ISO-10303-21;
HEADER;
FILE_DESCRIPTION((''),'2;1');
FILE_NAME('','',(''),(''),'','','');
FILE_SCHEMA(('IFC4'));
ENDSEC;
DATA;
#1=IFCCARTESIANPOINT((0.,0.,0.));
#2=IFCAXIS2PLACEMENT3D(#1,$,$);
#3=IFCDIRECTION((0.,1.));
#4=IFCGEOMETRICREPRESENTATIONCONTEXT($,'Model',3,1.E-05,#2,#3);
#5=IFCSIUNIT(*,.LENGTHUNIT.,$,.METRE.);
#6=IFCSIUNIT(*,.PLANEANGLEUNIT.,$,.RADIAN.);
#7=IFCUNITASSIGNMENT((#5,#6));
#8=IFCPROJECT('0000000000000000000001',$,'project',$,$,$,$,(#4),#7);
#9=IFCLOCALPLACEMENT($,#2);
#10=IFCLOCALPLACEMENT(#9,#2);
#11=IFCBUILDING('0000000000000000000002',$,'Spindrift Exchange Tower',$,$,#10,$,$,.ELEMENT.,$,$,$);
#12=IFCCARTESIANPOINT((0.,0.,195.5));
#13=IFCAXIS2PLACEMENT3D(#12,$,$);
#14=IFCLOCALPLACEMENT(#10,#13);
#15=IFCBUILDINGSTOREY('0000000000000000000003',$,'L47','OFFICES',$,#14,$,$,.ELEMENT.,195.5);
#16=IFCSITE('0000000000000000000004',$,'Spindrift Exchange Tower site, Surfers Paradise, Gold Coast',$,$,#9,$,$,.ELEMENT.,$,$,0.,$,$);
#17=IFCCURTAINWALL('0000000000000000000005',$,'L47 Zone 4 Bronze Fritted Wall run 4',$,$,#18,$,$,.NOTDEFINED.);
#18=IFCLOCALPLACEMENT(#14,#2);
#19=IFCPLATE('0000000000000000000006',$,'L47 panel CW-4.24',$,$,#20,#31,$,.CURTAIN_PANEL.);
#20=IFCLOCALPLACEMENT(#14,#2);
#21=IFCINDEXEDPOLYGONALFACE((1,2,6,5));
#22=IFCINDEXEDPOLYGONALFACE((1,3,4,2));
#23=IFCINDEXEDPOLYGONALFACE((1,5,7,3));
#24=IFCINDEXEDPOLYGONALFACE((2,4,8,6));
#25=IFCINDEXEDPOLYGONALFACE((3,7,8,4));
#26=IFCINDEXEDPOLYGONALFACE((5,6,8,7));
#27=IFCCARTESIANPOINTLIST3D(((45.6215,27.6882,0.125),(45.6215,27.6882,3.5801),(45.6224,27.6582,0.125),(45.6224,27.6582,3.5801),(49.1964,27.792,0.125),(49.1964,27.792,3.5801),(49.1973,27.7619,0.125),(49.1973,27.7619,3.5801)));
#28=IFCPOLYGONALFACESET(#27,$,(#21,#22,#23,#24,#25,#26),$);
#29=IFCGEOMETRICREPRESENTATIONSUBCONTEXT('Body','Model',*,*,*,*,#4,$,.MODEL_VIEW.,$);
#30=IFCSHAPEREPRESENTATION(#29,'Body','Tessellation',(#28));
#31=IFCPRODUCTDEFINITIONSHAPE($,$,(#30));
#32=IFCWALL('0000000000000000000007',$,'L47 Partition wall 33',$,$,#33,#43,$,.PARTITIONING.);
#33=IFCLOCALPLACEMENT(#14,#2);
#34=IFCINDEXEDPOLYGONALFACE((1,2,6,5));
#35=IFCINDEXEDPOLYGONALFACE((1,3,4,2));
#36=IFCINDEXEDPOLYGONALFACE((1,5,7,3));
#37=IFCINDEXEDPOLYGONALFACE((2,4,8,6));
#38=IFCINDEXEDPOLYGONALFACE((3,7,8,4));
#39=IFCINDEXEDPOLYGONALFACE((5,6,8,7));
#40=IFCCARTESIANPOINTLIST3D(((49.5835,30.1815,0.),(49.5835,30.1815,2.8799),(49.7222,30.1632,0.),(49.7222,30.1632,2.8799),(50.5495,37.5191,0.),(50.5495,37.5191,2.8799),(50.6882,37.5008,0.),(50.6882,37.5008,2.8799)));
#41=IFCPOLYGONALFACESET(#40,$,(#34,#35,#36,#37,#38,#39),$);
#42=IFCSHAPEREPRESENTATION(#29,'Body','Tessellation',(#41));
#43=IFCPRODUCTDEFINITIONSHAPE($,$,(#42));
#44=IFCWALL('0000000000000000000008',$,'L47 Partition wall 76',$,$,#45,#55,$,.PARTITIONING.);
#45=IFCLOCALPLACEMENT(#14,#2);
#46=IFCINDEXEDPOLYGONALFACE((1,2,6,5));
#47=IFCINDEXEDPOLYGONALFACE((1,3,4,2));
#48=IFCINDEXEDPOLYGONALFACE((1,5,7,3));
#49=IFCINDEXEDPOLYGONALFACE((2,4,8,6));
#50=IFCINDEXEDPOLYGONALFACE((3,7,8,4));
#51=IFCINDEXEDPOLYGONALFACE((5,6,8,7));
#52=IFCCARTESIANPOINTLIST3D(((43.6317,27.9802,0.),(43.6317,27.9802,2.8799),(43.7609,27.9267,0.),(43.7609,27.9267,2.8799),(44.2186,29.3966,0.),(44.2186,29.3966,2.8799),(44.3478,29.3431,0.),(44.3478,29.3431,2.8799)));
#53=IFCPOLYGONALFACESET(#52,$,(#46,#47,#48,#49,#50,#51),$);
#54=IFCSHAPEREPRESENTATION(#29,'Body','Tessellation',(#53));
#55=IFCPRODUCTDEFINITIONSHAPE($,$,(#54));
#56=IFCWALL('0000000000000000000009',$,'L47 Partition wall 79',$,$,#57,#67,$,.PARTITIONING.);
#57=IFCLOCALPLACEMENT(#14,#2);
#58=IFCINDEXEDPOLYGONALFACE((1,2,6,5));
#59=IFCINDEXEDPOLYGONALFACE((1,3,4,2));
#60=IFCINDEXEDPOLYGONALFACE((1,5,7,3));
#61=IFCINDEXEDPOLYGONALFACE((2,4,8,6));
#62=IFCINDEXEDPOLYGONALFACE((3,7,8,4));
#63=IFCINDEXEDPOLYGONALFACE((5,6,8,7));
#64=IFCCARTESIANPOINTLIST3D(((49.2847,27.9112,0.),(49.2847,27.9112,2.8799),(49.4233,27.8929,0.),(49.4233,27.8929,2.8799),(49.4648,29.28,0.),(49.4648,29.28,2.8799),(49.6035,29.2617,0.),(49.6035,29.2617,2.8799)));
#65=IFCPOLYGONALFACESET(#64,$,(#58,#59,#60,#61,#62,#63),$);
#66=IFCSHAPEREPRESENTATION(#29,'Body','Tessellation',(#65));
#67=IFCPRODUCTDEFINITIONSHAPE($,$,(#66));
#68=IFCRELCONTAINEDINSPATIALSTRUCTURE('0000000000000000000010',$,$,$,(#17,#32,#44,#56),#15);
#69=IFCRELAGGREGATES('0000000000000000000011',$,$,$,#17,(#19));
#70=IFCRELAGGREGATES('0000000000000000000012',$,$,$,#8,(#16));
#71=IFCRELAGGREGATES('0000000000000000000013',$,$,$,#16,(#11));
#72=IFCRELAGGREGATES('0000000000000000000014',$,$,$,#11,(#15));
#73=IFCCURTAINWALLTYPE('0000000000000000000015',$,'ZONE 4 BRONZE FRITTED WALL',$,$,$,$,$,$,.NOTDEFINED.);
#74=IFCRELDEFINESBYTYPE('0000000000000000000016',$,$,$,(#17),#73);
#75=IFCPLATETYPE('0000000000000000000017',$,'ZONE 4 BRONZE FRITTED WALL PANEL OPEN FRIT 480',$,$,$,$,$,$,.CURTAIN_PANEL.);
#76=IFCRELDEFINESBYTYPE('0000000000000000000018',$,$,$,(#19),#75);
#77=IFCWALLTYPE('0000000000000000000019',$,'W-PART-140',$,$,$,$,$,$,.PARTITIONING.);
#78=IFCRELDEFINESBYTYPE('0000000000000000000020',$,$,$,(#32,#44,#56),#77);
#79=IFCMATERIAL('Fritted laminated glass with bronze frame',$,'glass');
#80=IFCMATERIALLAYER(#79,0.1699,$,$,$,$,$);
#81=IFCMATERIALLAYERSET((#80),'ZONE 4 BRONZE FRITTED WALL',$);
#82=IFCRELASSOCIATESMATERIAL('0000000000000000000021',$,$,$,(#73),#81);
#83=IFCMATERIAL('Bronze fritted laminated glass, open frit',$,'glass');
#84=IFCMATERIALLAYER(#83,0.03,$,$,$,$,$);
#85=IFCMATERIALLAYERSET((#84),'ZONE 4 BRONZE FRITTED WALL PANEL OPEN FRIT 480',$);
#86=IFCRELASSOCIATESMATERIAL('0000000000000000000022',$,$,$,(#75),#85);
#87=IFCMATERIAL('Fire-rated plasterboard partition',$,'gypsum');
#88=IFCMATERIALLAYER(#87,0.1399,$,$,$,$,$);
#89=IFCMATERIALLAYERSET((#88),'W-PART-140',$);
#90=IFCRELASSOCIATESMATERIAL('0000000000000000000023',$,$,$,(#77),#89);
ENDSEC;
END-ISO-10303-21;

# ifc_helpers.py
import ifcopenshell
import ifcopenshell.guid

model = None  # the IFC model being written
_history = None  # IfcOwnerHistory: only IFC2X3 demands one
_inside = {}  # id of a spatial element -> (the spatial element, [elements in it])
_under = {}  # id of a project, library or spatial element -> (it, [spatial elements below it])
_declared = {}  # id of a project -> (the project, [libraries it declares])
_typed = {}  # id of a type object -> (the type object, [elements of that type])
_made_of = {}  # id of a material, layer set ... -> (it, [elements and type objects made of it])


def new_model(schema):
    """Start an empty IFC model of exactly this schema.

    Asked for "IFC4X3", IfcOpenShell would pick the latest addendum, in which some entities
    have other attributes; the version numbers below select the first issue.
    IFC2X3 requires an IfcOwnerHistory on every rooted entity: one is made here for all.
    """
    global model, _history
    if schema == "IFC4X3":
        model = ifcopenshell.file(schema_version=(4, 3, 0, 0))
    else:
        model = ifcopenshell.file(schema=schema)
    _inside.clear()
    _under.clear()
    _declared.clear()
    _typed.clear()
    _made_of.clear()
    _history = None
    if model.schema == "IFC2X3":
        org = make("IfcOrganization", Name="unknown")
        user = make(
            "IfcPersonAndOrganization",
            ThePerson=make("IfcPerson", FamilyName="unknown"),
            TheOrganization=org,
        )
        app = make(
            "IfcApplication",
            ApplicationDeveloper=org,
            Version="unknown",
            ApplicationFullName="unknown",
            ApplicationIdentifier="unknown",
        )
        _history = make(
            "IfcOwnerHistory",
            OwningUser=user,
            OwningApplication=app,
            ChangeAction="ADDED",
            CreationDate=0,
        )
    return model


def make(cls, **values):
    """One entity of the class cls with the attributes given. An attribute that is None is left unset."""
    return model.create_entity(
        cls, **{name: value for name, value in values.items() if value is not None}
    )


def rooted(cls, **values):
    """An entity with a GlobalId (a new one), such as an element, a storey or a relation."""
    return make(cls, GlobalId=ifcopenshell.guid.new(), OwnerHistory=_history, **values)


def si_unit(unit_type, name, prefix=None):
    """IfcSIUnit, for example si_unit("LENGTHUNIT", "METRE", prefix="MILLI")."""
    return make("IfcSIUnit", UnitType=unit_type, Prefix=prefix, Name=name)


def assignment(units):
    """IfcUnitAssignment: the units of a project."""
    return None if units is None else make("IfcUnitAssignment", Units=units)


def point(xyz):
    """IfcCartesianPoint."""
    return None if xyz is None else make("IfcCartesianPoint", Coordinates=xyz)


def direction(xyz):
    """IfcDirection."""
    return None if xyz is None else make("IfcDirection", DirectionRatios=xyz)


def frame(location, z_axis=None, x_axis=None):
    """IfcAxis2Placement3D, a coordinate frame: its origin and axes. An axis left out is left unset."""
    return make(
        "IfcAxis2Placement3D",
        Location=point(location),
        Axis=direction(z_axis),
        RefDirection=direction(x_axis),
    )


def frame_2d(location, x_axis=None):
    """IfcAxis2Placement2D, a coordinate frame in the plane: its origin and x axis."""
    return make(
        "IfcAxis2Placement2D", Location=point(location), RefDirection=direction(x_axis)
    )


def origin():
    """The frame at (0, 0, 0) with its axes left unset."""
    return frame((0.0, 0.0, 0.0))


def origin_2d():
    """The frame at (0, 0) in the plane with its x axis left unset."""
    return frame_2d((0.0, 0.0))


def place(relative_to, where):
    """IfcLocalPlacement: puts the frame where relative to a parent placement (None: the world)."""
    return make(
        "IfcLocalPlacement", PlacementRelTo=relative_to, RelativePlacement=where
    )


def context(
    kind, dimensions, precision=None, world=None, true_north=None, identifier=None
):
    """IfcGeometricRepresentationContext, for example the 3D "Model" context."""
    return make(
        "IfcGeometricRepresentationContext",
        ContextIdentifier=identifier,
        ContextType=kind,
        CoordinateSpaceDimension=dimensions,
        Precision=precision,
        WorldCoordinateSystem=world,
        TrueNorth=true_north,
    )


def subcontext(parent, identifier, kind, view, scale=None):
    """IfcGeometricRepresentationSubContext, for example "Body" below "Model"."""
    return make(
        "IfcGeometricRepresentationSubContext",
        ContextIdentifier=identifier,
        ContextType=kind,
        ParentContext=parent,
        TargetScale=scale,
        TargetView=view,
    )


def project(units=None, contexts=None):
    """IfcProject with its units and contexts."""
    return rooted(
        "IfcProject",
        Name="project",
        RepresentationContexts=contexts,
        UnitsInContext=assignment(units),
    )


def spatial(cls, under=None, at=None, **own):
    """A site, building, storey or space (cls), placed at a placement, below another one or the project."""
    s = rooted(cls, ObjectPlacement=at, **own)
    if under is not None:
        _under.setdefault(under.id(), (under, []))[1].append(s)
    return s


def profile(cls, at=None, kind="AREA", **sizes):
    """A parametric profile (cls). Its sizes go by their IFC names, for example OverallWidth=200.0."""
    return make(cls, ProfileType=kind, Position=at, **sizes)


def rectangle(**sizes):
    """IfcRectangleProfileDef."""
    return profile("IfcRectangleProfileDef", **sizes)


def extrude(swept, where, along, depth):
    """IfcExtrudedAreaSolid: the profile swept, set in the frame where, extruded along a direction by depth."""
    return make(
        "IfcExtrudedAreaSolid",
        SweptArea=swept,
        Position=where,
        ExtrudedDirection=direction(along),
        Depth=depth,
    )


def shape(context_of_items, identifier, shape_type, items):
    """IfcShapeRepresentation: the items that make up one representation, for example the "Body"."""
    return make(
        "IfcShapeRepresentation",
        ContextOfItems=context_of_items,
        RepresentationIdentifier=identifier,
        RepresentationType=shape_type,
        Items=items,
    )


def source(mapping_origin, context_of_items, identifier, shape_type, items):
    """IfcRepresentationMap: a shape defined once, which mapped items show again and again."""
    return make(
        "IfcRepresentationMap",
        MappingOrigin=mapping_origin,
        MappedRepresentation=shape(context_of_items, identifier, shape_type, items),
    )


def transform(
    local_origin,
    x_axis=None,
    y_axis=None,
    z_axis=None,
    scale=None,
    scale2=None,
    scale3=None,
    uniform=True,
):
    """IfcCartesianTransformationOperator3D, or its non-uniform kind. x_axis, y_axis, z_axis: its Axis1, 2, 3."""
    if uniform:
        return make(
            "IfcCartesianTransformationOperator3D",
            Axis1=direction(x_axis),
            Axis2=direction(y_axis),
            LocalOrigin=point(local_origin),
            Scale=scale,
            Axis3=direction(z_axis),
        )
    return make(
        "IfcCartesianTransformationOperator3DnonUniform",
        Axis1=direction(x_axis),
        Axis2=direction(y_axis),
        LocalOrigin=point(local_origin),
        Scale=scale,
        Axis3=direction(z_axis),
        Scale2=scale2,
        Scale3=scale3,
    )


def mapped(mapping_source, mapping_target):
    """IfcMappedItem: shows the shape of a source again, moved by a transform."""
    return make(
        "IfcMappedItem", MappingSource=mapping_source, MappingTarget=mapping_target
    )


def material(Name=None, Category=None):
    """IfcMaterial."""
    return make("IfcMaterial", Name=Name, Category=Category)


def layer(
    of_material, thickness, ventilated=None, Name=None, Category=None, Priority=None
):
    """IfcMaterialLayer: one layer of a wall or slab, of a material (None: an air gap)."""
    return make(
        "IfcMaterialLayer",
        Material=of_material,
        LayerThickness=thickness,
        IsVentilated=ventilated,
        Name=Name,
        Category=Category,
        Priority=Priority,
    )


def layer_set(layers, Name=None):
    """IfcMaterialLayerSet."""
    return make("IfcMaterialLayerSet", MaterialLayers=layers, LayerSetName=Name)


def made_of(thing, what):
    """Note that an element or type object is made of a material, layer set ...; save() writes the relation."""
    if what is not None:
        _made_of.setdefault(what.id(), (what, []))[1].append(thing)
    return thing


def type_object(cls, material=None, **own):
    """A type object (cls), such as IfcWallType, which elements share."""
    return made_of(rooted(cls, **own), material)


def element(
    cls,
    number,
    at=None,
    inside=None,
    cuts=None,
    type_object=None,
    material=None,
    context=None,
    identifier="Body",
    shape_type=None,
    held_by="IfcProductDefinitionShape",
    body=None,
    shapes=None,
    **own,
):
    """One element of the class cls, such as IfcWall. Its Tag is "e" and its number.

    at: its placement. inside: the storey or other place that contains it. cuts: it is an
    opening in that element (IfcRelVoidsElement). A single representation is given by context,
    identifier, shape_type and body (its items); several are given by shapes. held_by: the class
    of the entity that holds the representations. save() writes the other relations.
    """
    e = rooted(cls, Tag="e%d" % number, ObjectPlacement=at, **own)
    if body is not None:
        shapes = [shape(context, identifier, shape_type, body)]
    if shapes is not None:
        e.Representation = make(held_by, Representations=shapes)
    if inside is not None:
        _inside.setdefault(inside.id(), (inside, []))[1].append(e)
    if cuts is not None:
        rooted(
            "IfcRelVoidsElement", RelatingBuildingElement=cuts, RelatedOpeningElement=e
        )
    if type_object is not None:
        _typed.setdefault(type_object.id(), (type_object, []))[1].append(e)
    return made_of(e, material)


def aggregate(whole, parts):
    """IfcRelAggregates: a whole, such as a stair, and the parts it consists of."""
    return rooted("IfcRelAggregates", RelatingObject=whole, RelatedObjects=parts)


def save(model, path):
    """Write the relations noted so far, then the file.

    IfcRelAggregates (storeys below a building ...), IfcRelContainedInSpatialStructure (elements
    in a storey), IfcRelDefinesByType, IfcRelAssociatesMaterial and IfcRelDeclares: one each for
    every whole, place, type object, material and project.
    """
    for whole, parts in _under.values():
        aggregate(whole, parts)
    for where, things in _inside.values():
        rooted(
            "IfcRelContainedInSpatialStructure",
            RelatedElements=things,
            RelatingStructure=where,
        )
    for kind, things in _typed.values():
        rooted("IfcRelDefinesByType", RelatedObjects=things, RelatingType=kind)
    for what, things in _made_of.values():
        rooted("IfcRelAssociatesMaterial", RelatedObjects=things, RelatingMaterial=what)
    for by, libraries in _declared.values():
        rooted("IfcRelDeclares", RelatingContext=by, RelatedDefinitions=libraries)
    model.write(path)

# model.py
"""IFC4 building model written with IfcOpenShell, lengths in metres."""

from ifc_helpers import new_model, si_unit, direction, frame, frame_2d, origin, origin_2d, place, context, subcontext, project, spatial, rectangle, extrude, source, transform, mapped, material, layer, layer_set, type_object, element, aggregate, save


model = new_model("IFC4")

# Units and contexts
model_context = context("Model", 3, precision=1e-05, world=origin(), true_north=direction((0.0, 1.0)))
body_context = subcontext(model_context, "Body", "Model", "MODEL_VIEW")
ifc_project = project(units=[si_unit("LENGTHUNIT", "METRE"), si_unit("PLANEANGLEUNIT", "RADIAN")], contexts=[model_context])

# Site, building, storey
site_placement = place(None, origin())
site = spatial("IfcSite", under=ifc_project, at=site_placement, Name="Spindrift Exchange Tower site, Surfers Paradise, Gold Coast", CompositionType="ELEMENT", RefElevation=0.0)
building_placement = place(site_placement, origin())
building = spatial("IfcBuilding", under=site, at=building_placement, Name="Spindrift Exchange Tower", CompositionType="ELEMENT")
storey_placement = place(building_placement, frame((0.0, 0.0, 195.5)))
storey = spatial("IfcBuildingStorey", under=building, at=storey_placement, Name="L47", Description="OFFICES", CompositionType="ELEMENT", Elevation=195.5)

# Shared definitions
ifc_material_1 = material(Name="Fritted laminated glass with bronze frame", Category="glass")
ifc_layer_1 = layer(ifc_material_1, 0.1699)
ifc_layer_set_1 = layer_set([ifc_layer_1], Name="ZONE 4 BRONZE FRITTED WALL")
curtain_wall_type = type_object("IfcCurtainWallType", Name="ZONE 4 BRONZE FRITTED WALL", PredefinedType="NOTDEFINED", material=ifc_layer_set_1)

# Curtain wall
curtain_wall_1_placement = place(storey_placement, origin())
curtain_wall_1 = element("IfcCurtainWall", 1, at=curtain_wall_1_placement, inside=storey, type_object=curtain_wall_type, Name="L47 Zone 4 Bronze Fritted Wall run 4", PredefinedType="NOTDEFINED")

# Plate
ifc_material_2 = material(Name="Bronze fritted laminated glass, open frit", Category="glass")
ifc_layer_2 = layer(ifc_material_2, 0.03)
ifc_layer_set_2 = layer_set([ifc_layer_2], Name="ZONE 4 BRONZE FRITTED WALL PANEL OPEN FRIT 480")
plate_type_1 = type_object("IfcPlateType", Name="ZONE 4 BRONZE FRITTED WALL PANEL OPEN FRIT 480", PredefinedType="CURTAIN_PANEL", material=ifc_layer_set_2)
shared_shape_1 = source(origin(), body_context, "Body", "SweptSolid", [
    extrude(rectangle(XDim=3.5764, YDim=0.03, at=origin_2d()), origin(), (0.0, 0.0, 1.0), 3.4551),
])
plate_1_placement = place(storey_placement, frame((47.4094, 27.7251, 0.125), z_axis=(0.0, 0.0, 1.0), x_axis=(0.999579, 0.029, 0.0)))
plate_1 = element("IfcPlate", 2, at=plate_1_placement, type_object=plate_type_1, Name="L47 panel CW-4.24", PredefinedType="CURTAIN_PANEL", context=body_context, shape_type="MappedRepresentation", body=[
    mapped(shared_shape_1, transform((0.0, 0.0, 0.0), scale=1.0)),
])
aggregate(curtain_wall_1, [plate_1])

# Walls
ifc_material_3 = material(Name="Fire-rated plasterboard partition", Category="gypsum")
ifc_layer_3 = layer(ifc_material_3, 0.1399)
ifc_layer_set_3 = layer_set([ifc_layer_3], Name="W-PART-140")
wall_type = type_object("IfcWallType", Name="W-PART-140", PredefinedType="PARTITIONING", material=ifc_layer_set_3)
wall_1_placement = place(storey_placement, frame((49.6528, 30.1724, 0.0), z_axis=(0.0, 0.0, 1.0), x_axis=(0.130532, 0.991444, 0.0)))
element("IfcWall", 3, at=wall_1_placement, inside=storey, type_object=wall_type, Name="L47 Partition wall 33", PredefinedType="PARTITIONING", context=body_context, shape_type="SweptSolid", body=[
    extrude(rectangle(XDim=7.4009, YDim=0.1399, at=frame_2d((3.7004, 0.0))), origin(), (0.0, 0.0, 1.0), 2.8799),
])
wall_2_placement = place(storey_placement, frame((44.2832, 29.3699, 0.0), z_axis=(0.0, 0.0, 1.0), x_axis=(-0.382783, -0.923838, 0.0)))
element("IfcWall", 4, at=wall_2_placement, inside=storey, type_object=wall_type, Name="L47 Partition wall 76", PredefinedType="PARTITIONING", context=body_context, shape_type="SweptSolid", body=[
    extrude(rectangle(XDim=1.5332, YDim=0.1399, at=frame_2d((0.7666, 0.0))), origin(), (0.0, 0.0, 1.0), 2.8799),
])
wall_3_placement = place(storey_placement, frame((49.5342, 29.271, 0.0), z_axis=(0.0, 0.0, 1.0), x_axis=(-0.130496, -0.991449, 0.0)))
element("IfcWall", 5, at=wall_3_placement, inside=storey, type_object=wall_type, Name="L47 Partition wall 79", PredefinedType="PARTITIONING", context=body_context, shape_type="SweptSolid", body=[
    extrude(rectangle(XDim=1.3806, YDim=0.1399, at=frame_2d((0.6904, 0.0))), origin(), (0.0, 0.0, 1.0), 2.8799),
])

save(model, "model.ifc")
